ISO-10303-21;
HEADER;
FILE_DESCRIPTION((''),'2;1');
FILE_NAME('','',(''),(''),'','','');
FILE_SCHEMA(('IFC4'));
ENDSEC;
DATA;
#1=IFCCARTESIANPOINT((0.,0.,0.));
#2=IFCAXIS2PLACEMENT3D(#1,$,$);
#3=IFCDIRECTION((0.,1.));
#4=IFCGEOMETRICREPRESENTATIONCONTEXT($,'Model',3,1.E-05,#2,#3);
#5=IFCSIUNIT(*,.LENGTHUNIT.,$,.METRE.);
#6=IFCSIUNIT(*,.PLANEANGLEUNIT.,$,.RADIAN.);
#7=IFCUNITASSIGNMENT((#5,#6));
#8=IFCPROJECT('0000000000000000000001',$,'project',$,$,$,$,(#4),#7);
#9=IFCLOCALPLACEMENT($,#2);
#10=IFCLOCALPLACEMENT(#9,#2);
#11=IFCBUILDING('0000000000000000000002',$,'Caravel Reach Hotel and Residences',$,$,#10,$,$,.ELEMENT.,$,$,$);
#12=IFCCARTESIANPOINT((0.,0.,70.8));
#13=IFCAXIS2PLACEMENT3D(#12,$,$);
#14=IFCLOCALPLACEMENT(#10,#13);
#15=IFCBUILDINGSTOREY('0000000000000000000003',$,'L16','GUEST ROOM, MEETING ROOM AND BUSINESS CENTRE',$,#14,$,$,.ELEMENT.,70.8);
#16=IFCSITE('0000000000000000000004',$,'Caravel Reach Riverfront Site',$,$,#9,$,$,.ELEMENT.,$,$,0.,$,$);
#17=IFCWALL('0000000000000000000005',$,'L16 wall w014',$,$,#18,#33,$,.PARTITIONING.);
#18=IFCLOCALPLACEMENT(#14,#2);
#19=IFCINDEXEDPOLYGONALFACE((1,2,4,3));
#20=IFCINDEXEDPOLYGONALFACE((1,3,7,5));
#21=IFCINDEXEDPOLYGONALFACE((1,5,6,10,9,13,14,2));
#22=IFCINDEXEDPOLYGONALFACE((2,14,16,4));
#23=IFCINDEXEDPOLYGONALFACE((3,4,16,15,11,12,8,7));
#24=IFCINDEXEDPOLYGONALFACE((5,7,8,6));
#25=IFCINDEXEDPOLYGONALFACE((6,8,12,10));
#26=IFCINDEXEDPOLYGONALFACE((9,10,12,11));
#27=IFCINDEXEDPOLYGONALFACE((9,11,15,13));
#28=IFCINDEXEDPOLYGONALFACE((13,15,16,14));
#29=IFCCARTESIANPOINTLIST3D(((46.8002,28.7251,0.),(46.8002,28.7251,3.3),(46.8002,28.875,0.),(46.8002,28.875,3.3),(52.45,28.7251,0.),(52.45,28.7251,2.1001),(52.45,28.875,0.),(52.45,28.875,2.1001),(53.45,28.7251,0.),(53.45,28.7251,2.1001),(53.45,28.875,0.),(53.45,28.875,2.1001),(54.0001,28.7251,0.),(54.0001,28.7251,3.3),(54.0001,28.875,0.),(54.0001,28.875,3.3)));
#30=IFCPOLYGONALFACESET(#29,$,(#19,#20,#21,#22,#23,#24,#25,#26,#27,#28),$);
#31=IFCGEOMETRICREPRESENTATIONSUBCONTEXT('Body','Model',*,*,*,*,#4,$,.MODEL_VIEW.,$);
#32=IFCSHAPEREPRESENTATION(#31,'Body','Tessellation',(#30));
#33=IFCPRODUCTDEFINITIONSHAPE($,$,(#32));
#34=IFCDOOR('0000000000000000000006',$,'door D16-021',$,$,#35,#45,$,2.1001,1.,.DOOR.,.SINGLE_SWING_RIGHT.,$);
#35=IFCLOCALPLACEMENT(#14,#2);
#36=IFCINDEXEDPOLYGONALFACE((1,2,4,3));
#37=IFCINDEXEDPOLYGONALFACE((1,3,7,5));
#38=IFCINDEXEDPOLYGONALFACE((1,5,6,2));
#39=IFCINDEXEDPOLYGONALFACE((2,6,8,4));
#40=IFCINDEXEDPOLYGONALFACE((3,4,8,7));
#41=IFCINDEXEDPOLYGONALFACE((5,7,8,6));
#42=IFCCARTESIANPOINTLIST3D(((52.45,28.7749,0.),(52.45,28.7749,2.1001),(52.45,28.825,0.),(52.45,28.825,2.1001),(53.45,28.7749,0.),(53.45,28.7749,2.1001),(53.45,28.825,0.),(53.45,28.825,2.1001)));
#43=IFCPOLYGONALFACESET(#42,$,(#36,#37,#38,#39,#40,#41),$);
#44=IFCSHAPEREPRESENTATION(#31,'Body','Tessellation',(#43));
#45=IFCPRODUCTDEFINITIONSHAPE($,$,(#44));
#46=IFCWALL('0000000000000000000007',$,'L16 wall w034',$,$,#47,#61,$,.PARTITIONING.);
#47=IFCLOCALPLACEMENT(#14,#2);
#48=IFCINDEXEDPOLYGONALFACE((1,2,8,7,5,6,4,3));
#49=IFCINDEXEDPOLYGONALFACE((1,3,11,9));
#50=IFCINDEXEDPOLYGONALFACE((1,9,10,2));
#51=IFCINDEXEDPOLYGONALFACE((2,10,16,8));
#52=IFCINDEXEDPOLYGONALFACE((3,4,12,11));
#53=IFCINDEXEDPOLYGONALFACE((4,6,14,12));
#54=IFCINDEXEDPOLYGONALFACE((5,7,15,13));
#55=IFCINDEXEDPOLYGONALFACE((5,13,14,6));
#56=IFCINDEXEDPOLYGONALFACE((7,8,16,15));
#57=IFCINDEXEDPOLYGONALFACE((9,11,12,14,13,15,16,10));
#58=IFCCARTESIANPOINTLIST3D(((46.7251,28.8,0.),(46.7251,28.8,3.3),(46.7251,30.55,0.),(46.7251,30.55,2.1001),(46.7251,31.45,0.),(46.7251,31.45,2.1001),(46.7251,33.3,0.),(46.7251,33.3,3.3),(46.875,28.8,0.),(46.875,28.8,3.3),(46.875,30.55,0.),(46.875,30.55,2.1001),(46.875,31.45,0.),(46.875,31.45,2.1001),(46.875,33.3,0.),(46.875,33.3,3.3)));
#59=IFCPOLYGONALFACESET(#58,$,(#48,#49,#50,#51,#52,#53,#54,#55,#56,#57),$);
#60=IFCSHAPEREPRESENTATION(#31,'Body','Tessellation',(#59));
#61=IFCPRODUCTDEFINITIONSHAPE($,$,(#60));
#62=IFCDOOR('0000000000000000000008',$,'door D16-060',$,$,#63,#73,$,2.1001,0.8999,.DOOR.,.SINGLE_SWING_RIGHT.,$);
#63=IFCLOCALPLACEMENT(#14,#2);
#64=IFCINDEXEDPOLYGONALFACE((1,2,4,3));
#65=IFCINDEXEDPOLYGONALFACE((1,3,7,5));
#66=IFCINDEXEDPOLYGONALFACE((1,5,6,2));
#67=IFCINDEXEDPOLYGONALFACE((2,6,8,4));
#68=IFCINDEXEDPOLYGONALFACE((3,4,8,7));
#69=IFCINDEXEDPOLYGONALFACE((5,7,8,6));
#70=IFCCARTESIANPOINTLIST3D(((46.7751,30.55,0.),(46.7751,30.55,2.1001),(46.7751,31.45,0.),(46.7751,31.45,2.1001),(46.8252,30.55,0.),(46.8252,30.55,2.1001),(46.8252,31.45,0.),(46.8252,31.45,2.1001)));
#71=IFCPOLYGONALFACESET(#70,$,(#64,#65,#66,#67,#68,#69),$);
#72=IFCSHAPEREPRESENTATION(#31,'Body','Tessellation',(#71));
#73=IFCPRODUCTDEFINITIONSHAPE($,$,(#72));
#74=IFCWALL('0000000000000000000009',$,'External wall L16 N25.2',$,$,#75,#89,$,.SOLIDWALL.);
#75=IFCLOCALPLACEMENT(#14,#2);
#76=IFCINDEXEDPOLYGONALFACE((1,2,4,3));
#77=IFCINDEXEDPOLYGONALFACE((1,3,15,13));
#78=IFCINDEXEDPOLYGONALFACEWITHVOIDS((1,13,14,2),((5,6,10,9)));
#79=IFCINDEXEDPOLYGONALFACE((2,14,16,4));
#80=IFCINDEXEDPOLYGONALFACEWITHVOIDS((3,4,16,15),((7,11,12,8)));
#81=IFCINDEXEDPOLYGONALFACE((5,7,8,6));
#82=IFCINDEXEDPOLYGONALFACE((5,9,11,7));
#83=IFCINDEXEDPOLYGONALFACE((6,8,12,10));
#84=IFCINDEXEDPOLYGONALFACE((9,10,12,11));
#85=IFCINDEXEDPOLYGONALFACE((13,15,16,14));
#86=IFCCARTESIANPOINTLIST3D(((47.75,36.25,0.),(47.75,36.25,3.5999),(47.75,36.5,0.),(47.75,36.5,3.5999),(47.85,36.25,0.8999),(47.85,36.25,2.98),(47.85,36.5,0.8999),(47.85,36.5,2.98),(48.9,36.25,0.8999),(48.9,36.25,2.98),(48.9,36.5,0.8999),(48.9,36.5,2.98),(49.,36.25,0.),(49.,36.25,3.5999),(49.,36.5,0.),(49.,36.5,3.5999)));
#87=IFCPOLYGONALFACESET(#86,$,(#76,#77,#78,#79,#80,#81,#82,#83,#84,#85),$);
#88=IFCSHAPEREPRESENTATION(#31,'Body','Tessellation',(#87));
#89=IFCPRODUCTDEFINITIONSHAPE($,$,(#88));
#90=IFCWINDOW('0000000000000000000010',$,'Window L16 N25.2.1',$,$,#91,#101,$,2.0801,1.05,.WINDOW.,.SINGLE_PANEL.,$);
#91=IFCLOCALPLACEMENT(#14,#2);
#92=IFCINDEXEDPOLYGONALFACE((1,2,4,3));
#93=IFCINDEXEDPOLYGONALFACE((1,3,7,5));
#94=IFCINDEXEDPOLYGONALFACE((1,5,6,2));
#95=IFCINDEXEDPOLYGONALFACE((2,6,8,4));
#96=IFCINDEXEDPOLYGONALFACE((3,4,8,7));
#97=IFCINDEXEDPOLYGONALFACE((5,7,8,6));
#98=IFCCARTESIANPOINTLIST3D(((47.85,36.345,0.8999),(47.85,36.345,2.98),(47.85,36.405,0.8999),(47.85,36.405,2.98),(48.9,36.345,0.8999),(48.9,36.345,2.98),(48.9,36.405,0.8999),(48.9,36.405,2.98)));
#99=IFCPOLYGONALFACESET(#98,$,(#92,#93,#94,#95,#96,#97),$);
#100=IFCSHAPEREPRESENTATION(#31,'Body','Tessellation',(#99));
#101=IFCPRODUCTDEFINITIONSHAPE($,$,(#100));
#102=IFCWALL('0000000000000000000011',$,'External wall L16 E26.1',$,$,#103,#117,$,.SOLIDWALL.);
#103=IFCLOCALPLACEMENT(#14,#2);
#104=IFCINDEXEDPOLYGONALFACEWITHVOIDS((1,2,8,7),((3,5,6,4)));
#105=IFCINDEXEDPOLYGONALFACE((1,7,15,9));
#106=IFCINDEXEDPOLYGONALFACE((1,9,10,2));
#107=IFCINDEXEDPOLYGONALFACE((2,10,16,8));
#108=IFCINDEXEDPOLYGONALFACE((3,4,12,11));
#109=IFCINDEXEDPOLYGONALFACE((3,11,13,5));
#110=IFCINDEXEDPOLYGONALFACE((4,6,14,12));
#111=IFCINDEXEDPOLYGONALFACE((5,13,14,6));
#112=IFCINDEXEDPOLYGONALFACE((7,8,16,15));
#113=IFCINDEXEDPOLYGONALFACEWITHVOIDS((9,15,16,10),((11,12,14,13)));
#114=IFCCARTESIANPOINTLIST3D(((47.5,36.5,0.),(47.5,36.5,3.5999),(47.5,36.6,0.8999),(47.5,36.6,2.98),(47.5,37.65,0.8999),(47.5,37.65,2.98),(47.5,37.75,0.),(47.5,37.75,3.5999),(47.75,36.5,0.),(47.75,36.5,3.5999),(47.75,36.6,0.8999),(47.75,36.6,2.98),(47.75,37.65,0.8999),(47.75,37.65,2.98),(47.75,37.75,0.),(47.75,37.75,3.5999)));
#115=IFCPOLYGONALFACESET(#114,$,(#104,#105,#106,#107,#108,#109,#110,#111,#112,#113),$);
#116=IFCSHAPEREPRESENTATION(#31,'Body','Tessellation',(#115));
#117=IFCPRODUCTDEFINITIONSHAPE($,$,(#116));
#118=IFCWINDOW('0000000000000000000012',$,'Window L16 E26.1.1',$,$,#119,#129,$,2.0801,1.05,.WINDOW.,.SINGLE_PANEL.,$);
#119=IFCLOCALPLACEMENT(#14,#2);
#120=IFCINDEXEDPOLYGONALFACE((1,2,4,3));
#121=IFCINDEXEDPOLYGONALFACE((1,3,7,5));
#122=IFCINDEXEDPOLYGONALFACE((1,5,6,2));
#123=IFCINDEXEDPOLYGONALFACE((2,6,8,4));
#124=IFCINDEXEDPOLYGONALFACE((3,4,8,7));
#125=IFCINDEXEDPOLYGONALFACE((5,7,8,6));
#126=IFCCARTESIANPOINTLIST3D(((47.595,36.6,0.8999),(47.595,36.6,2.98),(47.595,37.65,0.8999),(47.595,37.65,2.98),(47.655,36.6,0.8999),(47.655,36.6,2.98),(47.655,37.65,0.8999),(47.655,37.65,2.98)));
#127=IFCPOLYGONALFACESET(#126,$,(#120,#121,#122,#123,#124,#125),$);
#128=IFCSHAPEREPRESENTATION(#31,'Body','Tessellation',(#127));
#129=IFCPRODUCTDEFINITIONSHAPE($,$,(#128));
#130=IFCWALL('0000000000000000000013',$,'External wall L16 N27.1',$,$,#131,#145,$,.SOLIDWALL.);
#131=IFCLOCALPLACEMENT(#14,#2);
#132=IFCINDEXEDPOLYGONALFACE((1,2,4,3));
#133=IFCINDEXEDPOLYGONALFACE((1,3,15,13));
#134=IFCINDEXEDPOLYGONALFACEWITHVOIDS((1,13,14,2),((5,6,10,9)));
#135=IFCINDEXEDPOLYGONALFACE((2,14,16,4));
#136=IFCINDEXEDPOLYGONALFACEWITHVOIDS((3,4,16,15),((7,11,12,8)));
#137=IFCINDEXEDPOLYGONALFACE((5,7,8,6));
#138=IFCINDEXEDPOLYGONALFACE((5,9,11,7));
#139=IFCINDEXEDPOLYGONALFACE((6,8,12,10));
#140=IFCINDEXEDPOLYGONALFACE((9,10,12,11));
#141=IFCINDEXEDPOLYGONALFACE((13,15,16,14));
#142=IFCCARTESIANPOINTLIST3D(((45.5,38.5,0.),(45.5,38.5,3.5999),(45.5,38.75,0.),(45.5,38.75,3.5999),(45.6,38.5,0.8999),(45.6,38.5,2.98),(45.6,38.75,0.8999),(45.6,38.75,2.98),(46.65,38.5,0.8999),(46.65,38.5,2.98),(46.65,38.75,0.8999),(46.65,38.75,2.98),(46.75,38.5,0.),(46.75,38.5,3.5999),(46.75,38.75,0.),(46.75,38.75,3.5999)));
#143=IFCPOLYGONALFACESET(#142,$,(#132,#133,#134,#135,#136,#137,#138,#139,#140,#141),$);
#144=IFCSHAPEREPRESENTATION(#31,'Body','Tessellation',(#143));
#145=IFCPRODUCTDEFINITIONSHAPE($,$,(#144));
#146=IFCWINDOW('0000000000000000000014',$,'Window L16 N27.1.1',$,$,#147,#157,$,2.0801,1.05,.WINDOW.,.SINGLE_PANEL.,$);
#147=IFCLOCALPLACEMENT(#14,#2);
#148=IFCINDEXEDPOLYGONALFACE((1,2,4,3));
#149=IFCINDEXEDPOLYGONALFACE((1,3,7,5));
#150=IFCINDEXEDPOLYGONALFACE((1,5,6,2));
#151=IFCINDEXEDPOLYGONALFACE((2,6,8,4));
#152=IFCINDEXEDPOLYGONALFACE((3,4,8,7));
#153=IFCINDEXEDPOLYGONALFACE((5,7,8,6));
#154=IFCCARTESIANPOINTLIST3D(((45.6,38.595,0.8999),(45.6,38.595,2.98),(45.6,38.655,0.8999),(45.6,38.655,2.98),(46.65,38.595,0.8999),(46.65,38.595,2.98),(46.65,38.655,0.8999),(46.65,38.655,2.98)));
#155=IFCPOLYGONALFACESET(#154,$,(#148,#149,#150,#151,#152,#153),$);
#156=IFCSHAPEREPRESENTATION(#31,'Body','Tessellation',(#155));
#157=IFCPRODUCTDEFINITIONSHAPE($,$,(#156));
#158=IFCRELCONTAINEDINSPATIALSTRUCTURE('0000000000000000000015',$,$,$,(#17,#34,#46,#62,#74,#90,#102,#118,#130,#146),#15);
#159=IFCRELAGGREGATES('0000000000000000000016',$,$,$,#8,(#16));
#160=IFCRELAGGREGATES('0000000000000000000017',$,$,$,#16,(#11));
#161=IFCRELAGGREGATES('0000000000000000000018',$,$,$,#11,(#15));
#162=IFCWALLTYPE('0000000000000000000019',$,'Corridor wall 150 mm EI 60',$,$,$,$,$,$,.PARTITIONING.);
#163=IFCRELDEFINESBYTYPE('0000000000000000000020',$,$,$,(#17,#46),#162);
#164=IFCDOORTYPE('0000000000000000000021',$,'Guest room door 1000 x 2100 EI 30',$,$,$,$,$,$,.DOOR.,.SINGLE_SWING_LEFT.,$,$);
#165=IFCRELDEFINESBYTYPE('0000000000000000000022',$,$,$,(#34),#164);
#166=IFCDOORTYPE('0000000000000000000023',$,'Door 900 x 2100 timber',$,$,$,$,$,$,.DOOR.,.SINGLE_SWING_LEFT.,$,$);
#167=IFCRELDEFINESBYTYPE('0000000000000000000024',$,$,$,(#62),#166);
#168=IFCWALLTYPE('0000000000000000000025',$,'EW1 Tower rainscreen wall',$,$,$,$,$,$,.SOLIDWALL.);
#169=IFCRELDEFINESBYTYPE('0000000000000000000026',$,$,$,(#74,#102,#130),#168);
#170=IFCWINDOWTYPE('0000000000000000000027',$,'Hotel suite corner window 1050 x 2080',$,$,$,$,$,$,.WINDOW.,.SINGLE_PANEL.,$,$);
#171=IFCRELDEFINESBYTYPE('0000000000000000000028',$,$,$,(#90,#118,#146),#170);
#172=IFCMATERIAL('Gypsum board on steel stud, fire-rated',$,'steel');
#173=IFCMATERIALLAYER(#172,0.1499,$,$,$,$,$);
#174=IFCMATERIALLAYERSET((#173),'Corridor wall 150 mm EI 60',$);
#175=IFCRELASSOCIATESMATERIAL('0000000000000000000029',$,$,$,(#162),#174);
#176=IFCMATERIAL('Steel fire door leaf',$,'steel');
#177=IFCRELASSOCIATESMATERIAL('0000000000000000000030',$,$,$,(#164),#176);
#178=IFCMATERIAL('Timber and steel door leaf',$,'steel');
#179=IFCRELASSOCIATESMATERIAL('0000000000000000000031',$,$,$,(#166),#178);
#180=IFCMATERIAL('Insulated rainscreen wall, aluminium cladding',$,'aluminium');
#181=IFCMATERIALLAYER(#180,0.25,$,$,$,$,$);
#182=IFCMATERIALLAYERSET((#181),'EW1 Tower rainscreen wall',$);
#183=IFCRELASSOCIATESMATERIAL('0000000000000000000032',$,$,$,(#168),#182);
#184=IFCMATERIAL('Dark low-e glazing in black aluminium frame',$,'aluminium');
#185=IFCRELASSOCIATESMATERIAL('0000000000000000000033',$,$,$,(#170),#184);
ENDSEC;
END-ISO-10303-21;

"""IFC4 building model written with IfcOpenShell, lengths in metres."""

from ifc_helpers import new_model, si_unit, direction, frame, frame_2d, origin, place, context, subcontext, project, spatial, rectangle, extrude, material, layer, layer_set, type_object, element, fill, save


model = new_model("IFC4")

# Units and contexts
model_context = context("Model", 3, precision=1e-05, world=origin(), true_north=direction((0.0, 1.0)))
body_context = subcontext(model_context, "Body", "Model", "MODEL_VIEW")
ifc_project = project(units=[si_unit("LENGTHUNIT", "METRE"), si_unit("PLANEANGLEUNIT", "RADIAN")], contexts=[model_context])

# Site, building, storey
site_placement = place(None, origin())
site = spatial("IfcSite", under=ifc_project, at=site_placement, Name="Caravel Reach Riverfront Site", CompositionType="ELEMENT", RefElevation=0.0)
building_placement = place(site_placement, origin())
building = spatial("IfcBuilding", under=site, at=building_placement, Name="Caravel Reach Hotel and Residences", CompositionType="ELEMENT")
storey_placement = place(building_placement, frame((0.0, 0.0, 70.8)))
storey = spatial("IfcBuildingStorey", under=building, at=storey_placement, Name="L16", Description="GUEST ROOM, MEETING ROOM AND BUSINESS CENTRE", CompositionType="ELEMENT", Elevation=70.8)

# Walls, openings, doors
ifc_material_1 = material(Name="Gypsum board on steel stud, fire-rated", Category="steel")
ifc_layer_1 = layer(ifc_material_1, 0.1499)
ifc_layer_set_1 = layer_set([ifc_layer_1], Name="Corridor wall 150 mm EI 60")
wall_type_1 = type_object("IfcWallType", Name="Corridor wall 150 mm EI 60", PredefinedType="PARTITIONING", material=ifc_layer_set_1)
wall_1_placement = place(storey_placement, frame((46.8, 28.8, 0.0), z_axis=(0.0, 0.0, 1.0), x_axis=(1.0, 0.0, 0.0)))
wall_1 = element("IfcWall", 1, at=wall_1_placement, inside=storey, type_object=wall_type_1, Name="L16 wall w014", PredefinedType="PARTITIONING", context=body_context, shape_type="SweptSolid", body=[
    extrude(rectangle(XDim=7.2, YDim=0.1499, at=frame_2d((3.6001, 0.0))), origin(), (0.0, 0.0, 1.0), 3.3),
])
opening_1_placement = place(wall_1_placement, frame((5.6499, 0.0, 0.0)))
opening_1 = element("IfcOpeningElement", 2, at=opening_1_placement, cuts=wall_1, PredefinedType="OPENING", context=body_context, shape_type="SweptSolid", body=[
    extrude(rectangle(XDim=1.0, YDim=2.1001, at=frame_2d((0.5, 1.05))), frame((0.0, 0.085, 0.0), z_axis=(0.0, -1.0, 0.0), x_axis=(1.0, 0.0, 0.0)), (0.0, 0.0, 1.0), 0.1699),
])
ifc_material_2 = material(Name="Steel fire door leaf", Category="steel")
door_type_1 = type_object("IfcDoorType", Name="Guest room door 1000 x 2100 EI 30", OperationType="SINGLE_SWING_LEFT", PredefinedType="DOOR", material=ifc_material_2)
door_1_placement = place(opening_1_placement, origin())
door_1 = element("IfcDoor", 3, at=door_1_placement, inside=storey, type_object=door_type_1, Name="door D16-021", OperationType="SINGLE_SWING_RIGHT", OverallHeight=2.1001, OverallWidth=1.0, PredefinedType="DOOR", context=body_context, shape_type="SweptSolid", body=[
    extrude(rectangle(XDim=1.0, YDim=2.1001, at=frame_2d((0.5, 1.05))), frame((0.0, 0.0249, 0.0), z_axis=(0.0, -1.0, 0.0), x_axis=(1.0, 0.0, 0.0)), (0.0, 0.0, 1.0), 0.05),
])
fill(opening_1, door_1)
wall_2_placement = place(storey_placement, frame((46.8, 28.8, 0.0), z_axis=(0.0, 0.0, 1.0), x_axis=(0.0, 1.0, 0.0)))
wall_2 = element("IfcWall", 4, at=wall_2_placement, inside=storey, type_object=wall_type_1, Name="L16 wall w034", PredefinedType="PARTITIONING", context=body_context, shape_type="SweptSolid", body=[
    extrude(rectangle(XDim=4.5, YDim=0.1499, at=frame_2d((2.25, 0.0))), origin(), (0.0, 0.0, 1.0), 3.3),
])
opening_2_placement = place(wall_2_placement, frame((1.75, 0.0, 0.0)))
opening_2 = element("IfcOpeningElement", 5, at=opening_2_placement, cuts=wall_2, PredefinedType="OPENING", context=body_context, shape_type="SweptSolid", body=[
    extrude(rectangle(XDim=0.8999, YDim=2.1001, at=frame_2d((0.45, 1.05))), frame((0.0, 0.085, 0.0), z_axis=(0.0, -1.0, 0.0), x_axis=(1.0, 0.0, 0.0)), (0.0, 0.0, 1.0), 0.1699),
])
ifc_material_3 = material(Name="Timber and steel door leaf", Category="steel")
door_type_2 = type_object("IfcDoorType", Name="Door 900 x 2100 timber", OperationType="SINGLE_SWING_LEFT", PredefinedType="DOOR", material=ifc_material_3)
door_2_placement = place(opening_2_placement, origin())
door_2 = element("IfcDoor", 6, at=door_2_placement, inside=storey, type_object=door_type_2, Name="door D16-060", OperationType="SINGLE_SWING_RIGHT", OverallHeight=2.1001, OverallWidth=0.8999, PredefinedType="DOOR", context=body_context, shape_type="SweptSolid", body=[
    extrude(rectangle(XDim=0.8999, YDim=2.1001, at=frame_2d((0.45, 1.05))), frame((0.0, 0.0249, 0.0), z_axis=(0.0, -1.0, 0.0), x_axis=(1.0, 0.0, 0.0)), (0.0, 0.0, 1.0), 0.05),
])
fill(opening_2, door_2)

# Walls, openings, windows
ifc_material_4 = material(Name="Insulated rainscreen wall, aluminium cladding", Category="aluminium")
ifc_layer_2 = layer(ifc_material_4, 0.25)
ifc_layer_set_2 = layer_set([ifc_layer_2], Name="EW1 Tower rainscreen wall")
wall_type_2 = type_object("IfcWallType", Name="EW1 Tower rainscreen wall", PredefinedType="SOLIDWALL", material=ifc_layer_set_2)
wall_3_placement = place(storey_placement, frame((49.0, 36.375, 0.0), z_axis=(0.0, 0.0, 1.0), x_axis=(-1.0, 0.0, 0.0)))
wall_3 = element("IfcWall", 7, at=wall_3_placement, inside=storey, type_object=wall_type_2, Name="External wall L16 N25.2", PredefinedType="SOLIDWALL", context=body_context, shape_type="SweptSolid", body=[
    extrude(rectangle(XDim=1.25, YDim=0.25, at=frame_2d((0.625, 0.0))), origin(), (0.0, 0.0, 1.0), 3.5999),
])
opening_3_placement = place(wall_3_placement, frame((0.1001, 0.0, 0.8999)))
opening_3 = element("IfcOpeningElement", 8, at=opening_3_placement, cuts=wall_3, PredefinedType="OPENING", context=body_context, shape_type="SweptSolid", body=[
    extrude(rectangle(XDim=1.05, YDim=2.0801, at=frame_2d((0.5249, 1.04))), frame((0.0, 0.135, 0.0), z_axis=(0.0, -1.0, 0.0), x_axis=(1.0, 0.0, 0.0)), (0.0, 0.0, 1.0), 0.27),
])
ifc_material_5 = material(Name="Dark low-e glazing in black aluminium frame", Category="aluminium")
window_type = type_object("IfcWindowType", Name="Hotel suite corner window 1050 x 2080", PartitioningType="SINGLE_PANEL", PredefinedType="WINDOW", material=ifc_material_5)
window_1_placement = place(opening_3_placement, origin())
window_1 = element("IfcWindow", 9, at=window_1_placement, inside=storey, type_object=window_type, Name="Window L16 N25.2.1", OverallHeight=2.0801, OverallWidth=1.05, PartitioningType="SINGLE_PANEL", PredefinedType="WINDOW", context=body_context, shape_type="SweptSolid", body=[
    extrude(rectangle(XDim=1.05, YDim=2.0801, at=frame_2d((0.5249, 1.04))), frame((0.0, 0.03, 0.0), z_axis=(0.0, -1.0, 0.0), x_axis=(1.0, 0.0, 0.0)), (0.0, 0.0, 1.0), 0.0601),
])
fill(opening_3, window_1)
wall_4_placement = place(storey_placement, frame((47.625, 36.5, 0.0), z_axis=(0.0, 0.0, 1.0), x_axis=(0.0, 1.0, 0.0)))
wall_4 = element("IfcWall", 10, at=wall_4_placement, inside=storey, type_object=wall_type_2, Name="External wall L16 E26.1", PredefinedType="SOLIDWALL", context=body_context, shape_type="SweptSolid", body=[
    extrude(rectangle(XDim=1.25, YDim=0.25, at=frame_2d((0.625, 0.0))), origin(), (0.0, 0.0, 1.0), 3.5999),
])
opening_4_placement = place(wall_4_placement, frame((0.1001, 0.0, 0.8999)))
opening_4 = element("IfcOpeningElement", 11, at=opening_4_placement, cuts=wall_4, PredefinedType="OPENING", context=body_context, shape_type="SweptSolid", body=[
    extrude(rectangle(XDim=1.05, YDim=2.0801, at=frame_2d((0.5249, 1.04))), frame((0.0, 0.135, 0.0), z_axis=(0.0, -1.0, 0.0), x_axis=(1.0, 0.0, 0.0)), (0.0, 0.0, 1.0), 0.27),
])
window_2_placement = place(opening_4_placement, origin())
window_2 = element("IfcWindow", 12, at=window_2_placement, inside=storey, type_object=window_type, Name="Window L16 E26.1.1", OverallHeight=2.0801, OverallWidth=1.05, PartitioningType="SINGLE_PANEL", PredefinedType="WINDOW", context=body_context, shape_type="SweptSolid", body=[
    extrude(rectangle(XDim=1.05, YDim=2.0801, at=frame_2d((0.5249, 1.04))), frame((0.0, 0.03, 0.0), z_axis=(0.0, -1.0, 0.0), x_axis=(1.0, 0.0, 0.0)), (0.0, 0.0, 1.0), 0.0601),
])
fill(opening_4, window_2)
wall_5_placement = place(storey_placement, frame((46.75, 38.625, 0.0), z_axis=(0.0, 0.0, 1.0), x_axis=(-1.0, 0.0, 0.0)))
wall_5 = element("IfcWall", 13, at=wall_5_placement, inside=storey, type_object=wall_type_2, Name="External wall L16 N27.1", PredefinedType="SOLIDWALL", context=body_context, shape_type="SweptSolid", body=[
    extrude(rectangle(XDim=1.25, YDim=0.25, at=frame_2d((0.625, 0.0))), origin(), (0.0, 0.0, 1.0), 3.5999),
])
opening_5_placement = place(wall_5_placement, frame((0.1001, 0.0, 0.8999)))
opening_5 = element("IfcOpeningElement", 14, at=opening_5_placement, cuts=wall_5, PredefinedType="OPENING", context=body_context, shape_type="SweptSolid", body=[
    extrude(rectangle(XDim=1.05, YDim=2.0801, at=frame_2d((0.5249, 1.04))), frame((0.0, 0.135, 0.0), z_axis=(0.0, -1.0, 0.0), x_axis=(1.0, 0.0, 0.0)), (0.0, 0.0, 1.0), 0.27),
])
window_3_placement = place(opening_5_placement, origin())
window_3 = element("IfcWindow", 15, at=window_3_placement, inside=storey, type_object=window_type, Name="Window L16 N27.1.1", OverallHeight=2.0801, OverallWidth=1.05, PartitioningType="SINGLE_PANEL", PredefinedType="WINDOW", context=body_context, shape_type="SweptSolid", body=[
    extrude(rectangle(XDim=1.05, YDim=2.0801, at=frame_2d((0.5249, 1.04))), frame((0.0, 0.03, 0.0), z_axis=(0.0, -1.0, 0.0), x_axis=(1.0, 0.0, 0.0)), (0.0, 0.0, 1.0), 0.0601),
])
fill(opening_5, window_3)

save(model, "model.ifc")
